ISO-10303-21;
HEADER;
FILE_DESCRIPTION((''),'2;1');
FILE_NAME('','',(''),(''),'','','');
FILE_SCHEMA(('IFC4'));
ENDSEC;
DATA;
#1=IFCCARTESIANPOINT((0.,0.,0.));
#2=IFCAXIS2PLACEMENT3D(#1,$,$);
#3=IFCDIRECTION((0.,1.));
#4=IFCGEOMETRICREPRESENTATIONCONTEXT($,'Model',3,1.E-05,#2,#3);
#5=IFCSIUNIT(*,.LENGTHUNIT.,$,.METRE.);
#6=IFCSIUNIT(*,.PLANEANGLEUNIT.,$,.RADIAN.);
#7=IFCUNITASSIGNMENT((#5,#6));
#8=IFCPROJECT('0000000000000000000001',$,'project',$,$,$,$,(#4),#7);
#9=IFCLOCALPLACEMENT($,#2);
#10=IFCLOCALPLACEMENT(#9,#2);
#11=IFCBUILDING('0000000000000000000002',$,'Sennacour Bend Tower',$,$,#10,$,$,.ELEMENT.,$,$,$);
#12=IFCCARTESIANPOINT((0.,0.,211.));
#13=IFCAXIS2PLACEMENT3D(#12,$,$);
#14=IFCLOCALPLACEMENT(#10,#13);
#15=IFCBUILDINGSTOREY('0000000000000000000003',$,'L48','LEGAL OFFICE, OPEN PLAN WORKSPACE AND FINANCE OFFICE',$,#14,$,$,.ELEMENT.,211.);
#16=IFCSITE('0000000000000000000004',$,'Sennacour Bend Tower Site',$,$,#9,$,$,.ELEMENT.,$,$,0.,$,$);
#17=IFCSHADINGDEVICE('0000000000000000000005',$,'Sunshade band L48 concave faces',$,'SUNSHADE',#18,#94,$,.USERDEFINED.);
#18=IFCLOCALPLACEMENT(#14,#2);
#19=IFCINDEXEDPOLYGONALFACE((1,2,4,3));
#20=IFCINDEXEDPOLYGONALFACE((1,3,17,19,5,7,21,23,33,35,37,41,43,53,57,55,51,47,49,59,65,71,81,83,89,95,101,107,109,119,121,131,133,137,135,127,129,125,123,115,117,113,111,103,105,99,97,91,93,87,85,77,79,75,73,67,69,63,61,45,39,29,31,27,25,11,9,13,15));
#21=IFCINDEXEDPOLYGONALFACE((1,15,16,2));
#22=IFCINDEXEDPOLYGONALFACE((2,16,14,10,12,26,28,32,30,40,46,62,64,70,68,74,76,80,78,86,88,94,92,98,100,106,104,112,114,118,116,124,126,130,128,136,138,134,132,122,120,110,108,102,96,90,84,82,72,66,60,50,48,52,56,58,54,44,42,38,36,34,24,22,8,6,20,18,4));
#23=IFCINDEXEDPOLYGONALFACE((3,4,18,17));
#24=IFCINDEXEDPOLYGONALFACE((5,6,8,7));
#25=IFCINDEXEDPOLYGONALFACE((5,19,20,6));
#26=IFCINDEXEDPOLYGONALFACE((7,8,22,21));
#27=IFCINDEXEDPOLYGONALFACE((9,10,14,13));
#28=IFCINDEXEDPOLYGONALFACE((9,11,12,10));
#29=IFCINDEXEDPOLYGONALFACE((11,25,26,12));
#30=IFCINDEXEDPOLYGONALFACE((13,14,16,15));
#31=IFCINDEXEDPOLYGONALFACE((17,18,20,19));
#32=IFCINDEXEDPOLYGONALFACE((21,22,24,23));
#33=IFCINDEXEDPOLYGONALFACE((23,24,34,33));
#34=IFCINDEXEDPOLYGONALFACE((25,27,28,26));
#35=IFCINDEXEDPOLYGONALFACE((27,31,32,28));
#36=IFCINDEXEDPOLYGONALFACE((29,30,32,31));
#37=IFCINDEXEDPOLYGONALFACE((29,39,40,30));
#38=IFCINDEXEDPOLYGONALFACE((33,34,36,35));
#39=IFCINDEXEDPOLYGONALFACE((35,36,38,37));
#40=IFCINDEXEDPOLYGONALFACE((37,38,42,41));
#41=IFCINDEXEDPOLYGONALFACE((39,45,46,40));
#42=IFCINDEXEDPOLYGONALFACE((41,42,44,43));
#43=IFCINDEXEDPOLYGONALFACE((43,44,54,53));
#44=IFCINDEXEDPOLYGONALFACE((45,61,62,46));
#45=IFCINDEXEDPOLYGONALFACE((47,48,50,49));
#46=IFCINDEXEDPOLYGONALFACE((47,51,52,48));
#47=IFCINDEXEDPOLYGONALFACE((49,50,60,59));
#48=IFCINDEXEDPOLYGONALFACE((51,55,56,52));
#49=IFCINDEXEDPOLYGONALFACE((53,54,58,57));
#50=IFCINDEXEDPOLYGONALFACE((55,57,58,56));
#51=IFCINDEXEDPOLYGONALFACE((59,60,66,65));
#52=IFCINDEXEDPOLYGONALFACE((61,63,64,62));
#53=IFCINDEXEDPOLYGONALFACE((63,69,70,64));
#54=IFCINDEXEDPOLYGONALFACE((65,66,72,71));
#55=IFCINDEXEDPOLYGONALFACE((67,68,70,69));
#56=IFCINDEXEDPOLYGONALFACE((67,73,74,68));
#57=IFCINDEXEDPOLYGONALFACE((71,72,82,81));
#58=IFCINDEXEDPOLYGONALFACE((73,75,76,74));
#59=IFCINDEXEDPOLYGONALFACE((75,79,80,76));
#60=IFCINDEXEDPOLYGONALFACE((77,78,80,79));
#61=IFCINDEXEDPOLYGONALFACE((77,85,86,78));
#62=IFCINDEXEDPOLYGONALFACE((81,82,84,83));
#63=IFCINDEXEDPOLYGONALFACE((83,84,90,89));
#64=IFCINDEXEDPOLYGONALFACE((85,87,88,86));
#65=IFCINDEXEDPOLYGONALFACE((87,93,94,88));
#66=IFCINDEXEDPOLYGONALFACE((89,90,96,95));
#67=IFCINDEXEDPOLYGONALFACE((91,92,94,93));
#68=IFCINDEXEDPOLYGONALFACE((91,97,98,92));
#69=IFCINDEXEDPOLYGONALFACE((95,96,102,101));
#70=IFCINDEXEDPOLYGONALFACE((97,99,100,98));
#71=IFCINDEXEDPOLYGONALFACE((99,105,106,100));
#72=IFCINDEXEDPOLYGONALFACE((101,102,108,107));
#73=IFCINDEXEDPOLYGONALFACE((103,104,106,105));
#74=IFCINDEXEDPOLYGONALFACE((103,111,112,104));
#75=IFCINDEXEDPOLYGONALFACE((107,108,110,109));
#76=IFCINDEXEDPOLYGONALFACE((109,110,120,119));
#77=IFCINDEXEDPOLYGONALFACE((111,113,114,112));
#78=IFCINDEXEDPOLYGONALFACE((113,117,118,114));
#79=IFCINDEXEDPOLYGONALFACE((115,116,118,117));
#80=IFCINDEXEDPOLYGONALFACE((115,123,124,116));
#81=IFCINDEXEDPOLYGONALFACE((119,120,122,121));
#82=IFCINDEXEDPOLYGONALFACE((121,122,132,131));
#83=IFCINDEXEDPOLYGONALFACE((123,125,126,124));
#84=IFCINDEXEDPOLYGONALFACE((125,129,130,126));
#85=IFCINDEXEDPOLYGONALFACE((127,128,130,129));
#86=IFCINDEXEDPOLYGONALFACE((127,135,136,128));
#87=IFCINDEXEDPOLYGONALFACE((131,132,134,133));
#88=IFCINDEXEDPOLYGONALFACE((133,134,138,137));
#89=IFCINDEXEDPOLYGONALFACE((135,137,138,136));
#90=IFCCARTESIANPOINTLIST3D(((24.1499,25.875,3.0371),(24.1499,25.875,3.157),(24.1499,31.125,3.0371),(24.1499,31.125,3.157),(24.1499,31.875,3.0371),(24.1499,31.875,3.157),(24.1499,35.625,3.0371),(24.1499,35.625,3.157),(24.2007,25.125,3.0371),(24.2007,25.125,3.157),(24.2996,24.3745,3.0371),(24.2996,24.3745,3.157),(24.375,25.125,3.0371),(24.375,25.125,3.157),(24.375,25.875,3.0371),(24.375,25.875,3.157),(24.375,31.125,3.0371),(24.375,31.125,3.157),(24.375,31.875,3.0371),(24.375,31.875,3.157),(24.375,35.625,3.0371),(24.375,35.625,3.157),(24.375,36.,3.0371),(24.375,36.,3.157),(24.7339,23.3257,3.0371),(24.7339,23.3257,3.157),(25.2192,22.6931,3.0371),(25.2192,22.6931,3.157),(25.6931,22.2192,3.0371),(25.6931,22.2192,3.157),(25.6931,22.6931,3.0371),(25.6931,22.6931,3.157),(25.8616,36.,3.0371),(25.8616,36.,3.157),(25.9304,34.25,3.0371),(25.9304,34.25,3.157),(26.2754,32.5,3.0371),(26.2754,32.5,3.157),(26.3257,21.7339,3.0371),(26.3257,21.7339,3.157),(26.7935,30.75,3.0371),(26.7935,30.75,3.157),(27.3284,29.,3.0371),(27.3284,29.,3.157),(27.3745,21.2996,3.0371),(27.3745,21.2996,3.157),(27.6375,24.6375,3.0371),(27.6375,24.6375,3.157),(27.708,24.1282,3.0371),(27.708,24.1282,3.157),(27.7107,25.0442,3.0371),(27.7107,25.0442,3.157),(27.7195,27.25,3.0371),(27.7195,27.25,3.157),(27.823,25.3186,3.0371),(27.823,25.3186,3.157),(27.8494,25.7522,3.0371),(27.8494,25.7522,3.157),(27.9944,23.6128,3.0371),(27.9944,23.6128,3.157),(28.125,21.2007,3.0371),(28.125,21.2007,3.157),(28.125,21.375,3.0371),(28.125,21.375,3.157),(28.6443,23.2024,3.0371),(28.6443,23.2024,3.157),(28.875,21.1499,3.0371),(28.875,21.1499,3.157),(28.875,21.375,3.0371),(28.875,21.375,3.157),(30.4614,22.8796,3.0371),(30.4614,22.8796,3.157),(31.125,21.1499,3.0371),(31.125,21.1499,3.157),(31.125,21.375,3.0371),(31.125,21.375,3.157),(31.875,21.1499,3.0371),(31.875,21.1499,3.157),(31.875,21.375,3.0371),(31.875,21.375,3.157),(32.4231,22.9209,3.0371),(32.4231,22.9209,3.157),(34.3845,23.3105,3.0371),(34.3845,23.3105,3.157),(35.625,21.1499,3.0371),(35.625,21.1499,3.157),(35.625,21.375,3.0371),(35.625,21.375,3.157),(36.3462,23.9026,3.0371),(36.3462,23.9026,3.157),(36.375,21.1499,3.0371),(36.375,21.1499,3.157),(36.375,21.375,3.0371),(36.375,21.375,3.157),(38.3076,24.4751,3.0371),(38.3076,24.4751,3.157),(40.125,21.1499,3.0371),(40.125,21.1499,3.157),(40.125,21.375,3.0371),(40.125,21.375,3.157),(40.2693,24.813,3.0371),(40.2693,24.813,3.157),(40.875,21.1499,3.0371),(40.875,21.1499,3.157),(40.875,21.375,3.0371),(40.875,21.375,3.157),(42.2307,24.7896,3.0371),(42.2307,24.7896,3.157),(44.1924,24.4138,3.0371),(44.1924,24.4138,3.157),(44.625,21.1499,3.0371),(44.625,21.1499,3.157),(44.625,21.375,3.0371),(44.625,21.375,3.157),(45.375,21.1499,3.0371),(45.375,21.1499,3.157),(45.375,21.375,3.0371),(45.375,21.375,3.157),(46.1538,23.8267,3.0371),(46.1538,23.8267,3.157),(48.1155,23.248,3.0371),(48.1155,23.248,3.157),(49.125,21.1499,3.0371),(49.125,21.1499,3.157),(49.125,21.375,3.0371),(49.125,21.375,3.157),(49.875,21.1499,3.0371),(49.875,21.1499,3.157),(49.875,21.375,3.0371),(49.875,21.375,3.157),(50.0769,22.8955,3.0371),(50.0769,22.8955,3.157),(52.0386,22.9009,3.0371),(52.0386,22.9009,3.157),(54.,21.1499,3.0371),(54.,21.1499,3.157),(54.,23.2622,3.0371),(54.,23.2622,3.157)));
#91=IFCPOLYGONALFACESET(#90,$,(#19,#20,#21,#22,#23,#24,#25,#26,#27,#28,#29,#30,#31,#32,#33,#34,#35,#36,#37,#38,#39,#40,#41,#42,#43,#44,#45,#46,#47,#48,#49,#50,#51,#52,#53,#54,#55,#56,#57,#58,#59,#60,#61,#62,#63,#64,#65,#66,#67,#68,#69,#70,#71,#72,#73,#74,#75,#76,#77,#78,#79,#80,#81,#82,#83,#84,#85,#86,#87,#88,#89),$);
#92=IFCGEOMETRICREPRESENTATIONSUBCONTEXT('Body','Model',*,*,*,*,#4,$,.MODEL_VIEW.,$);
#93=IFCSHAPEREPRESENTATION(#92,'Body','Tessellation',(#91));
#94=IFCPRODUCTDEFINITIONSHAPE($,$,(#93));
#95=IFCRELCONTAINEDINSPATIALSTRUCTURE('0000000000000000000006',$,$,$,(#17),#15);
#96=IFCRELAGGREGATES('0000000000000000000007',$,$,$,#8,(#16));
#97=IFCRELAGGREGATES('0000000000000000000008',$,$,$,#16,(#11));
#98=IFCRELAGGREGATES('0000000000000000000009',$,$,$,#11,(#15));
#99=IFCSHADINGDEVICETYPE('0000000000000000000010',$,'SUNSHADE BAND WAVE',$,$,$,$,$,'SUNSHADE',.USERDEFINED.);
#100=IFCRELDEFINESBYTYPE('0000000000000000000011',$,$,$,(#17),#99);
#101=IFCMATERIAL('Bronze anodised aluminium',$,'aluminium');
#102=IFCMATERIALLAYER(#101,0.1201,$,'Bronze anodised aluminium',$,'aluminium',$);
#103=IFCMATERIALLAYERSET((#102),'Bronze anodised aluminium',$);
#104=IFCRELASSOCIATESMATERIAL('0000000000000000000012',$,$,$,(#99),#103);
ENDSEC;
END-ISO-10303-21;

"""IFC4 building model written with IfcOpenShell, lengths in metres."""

from ifc_helpers import new_model, si_unit, direction, frame, origin, place, context, subcontext, project, spatial, polyline, outline, extrude, material, layer, layer_set, type_object, element, save


model = new_model("IFC4")

# Units and contexts
model_context = context("Model", 3, precision=1e-05, world=origin(), true_north=direction((0.0, 1.0)))
body_context = subcontext(model_context, "Body", "Model", "MODEL_VIEW")
ifc_project = project(units=[si_unit("LENGTHUNIT", "METRE"), si_unit("PLANEANGLEUNIT", "RADIAN")], contexts=[model_context])

# Site, building, storey
site_placement = place(None, origin())
site = spatial("IfcSite", under=ifc_project, at=site_placement, Name="Sennacour Bend Tower Site", CompositionType="ELEMENT", RefElevation=0.0)
building_placement = place(site_placement, origin())
building = spatial("IfcBuilding", under=site, at=building_placement, Name="Sennacour Bend Tower", CompositionType="ELEMENT")
storey_placement = place(building_placement, frame((0.0, 0.0, 211.0)))
storey = spatial("IfcBuildingStorey", under=building, at=storey_placement, Name="L48", Description="LEGAL OFFICE, OPEN PLAN WORKSPACE AND FINANCE OFFICE", CompositionType="ELEMENT", Elevation=211.0)

# Shading device
ifc_material_1 = material(Name="Bronze anodised aluminium", Category="aluminium")
ifc_layer_1 = layer(ifc_material_1, 0.1201, Name="Bronze anodised aluminium", Category="aluminium")
ifc_layer_set_1 = layer_set([ifc_layer_1], Name="Bronze anodised aluminium")
shading_device_type_1 = type_object("IfcShadingDeviceType", Name="SUNSHADE BAND WAVE", ElementType="SUNSHADE", PredefinedType="USERDEFINED", material=ifc_layer_set_1)
shading_device_1_placement = place(storey_placement, frame((0.0, 0.0, 3.0371)))
element("IfcShadingDevice", 1, at=shading_device_1_placement, inside=storey, type_object=shading_device_type_1, Name="Sunshade band L48 concave faces", ObjectType="SUNSHADE", PredefinedType="USERDEFINED", context=body_context, shape_type="SweptSolid", body=[
    extrude(outline(polyline([(54.0, 21.1499), (49.875, 21.1499), (49.875, 21.375), (49.125, 21.375), (49.125, 21.1499), (45.375, 21.1499), (45.375, 21.375), (44.625, 21.375), (44.625, 21.1499), (40.875, 21.1499), (40.875, 21.375), (40.125, 21.375), (40.125, 21.1499), (36.375, 21.1499), (36.375, 21.375), (35.625, 21.375), (35.625, 21.1499), (31.875, 21.1499), (31.875, 21.375), (31.125, 21.375), (31.125, 21.1499), (28.875, 21.1499), (28.875, 21.375), (28.125, 21.375), (28.125, 21.2007), (27.3745, 21.2996), (26.3257, 21.7339), (25.6931, 22.2192), (25.6931, 22.6931), (25.2192, 22.6931), (24.7339, 23.3257), (24.2996, 24.3745), (24.2007, 25.125), (24.375, 25.125), (24.375, 25.875), (24.1499, 25.875), (24.1499, 31.125), (24.375, 31.125), (24.375, 31.875), (24.1499, 31.875), (24.1499, 35.625), (24.375, 35.625), (24.375, 36.0), (25.8616, 36.0), (25.9304, 34.25), (26.2754, 32.5), (26.7935, 30.75), (27.3284, 29.0), (27.7195, 27.25), (27.8494, 25.7522), (27.823, 25.3186), (27.7107, 25.0442), (27.6375, 24.6375), (27.708, 24.1282), (27.9944, 23.6128), (28.6443, 23.2024), (30.4614, 22.8796), (32.4231, 22.9209), (34.3845, 23.3105), (36.3462, 23.9026), (38.3076, 24.4751), (40.2693, 24.813), (42.2307, 24.7896), (44.1924, 24.4138), (46.1538, 23.8267), (48.1155, 23.248), (50.0769, 22.8955), (52.0386, 22.9009), (54.0, 23.2622), (54.0, 21.1499)])), origin(), (0.0, 0.0, 1.0), 0.1199),
])

save(model, "model.ifc")
